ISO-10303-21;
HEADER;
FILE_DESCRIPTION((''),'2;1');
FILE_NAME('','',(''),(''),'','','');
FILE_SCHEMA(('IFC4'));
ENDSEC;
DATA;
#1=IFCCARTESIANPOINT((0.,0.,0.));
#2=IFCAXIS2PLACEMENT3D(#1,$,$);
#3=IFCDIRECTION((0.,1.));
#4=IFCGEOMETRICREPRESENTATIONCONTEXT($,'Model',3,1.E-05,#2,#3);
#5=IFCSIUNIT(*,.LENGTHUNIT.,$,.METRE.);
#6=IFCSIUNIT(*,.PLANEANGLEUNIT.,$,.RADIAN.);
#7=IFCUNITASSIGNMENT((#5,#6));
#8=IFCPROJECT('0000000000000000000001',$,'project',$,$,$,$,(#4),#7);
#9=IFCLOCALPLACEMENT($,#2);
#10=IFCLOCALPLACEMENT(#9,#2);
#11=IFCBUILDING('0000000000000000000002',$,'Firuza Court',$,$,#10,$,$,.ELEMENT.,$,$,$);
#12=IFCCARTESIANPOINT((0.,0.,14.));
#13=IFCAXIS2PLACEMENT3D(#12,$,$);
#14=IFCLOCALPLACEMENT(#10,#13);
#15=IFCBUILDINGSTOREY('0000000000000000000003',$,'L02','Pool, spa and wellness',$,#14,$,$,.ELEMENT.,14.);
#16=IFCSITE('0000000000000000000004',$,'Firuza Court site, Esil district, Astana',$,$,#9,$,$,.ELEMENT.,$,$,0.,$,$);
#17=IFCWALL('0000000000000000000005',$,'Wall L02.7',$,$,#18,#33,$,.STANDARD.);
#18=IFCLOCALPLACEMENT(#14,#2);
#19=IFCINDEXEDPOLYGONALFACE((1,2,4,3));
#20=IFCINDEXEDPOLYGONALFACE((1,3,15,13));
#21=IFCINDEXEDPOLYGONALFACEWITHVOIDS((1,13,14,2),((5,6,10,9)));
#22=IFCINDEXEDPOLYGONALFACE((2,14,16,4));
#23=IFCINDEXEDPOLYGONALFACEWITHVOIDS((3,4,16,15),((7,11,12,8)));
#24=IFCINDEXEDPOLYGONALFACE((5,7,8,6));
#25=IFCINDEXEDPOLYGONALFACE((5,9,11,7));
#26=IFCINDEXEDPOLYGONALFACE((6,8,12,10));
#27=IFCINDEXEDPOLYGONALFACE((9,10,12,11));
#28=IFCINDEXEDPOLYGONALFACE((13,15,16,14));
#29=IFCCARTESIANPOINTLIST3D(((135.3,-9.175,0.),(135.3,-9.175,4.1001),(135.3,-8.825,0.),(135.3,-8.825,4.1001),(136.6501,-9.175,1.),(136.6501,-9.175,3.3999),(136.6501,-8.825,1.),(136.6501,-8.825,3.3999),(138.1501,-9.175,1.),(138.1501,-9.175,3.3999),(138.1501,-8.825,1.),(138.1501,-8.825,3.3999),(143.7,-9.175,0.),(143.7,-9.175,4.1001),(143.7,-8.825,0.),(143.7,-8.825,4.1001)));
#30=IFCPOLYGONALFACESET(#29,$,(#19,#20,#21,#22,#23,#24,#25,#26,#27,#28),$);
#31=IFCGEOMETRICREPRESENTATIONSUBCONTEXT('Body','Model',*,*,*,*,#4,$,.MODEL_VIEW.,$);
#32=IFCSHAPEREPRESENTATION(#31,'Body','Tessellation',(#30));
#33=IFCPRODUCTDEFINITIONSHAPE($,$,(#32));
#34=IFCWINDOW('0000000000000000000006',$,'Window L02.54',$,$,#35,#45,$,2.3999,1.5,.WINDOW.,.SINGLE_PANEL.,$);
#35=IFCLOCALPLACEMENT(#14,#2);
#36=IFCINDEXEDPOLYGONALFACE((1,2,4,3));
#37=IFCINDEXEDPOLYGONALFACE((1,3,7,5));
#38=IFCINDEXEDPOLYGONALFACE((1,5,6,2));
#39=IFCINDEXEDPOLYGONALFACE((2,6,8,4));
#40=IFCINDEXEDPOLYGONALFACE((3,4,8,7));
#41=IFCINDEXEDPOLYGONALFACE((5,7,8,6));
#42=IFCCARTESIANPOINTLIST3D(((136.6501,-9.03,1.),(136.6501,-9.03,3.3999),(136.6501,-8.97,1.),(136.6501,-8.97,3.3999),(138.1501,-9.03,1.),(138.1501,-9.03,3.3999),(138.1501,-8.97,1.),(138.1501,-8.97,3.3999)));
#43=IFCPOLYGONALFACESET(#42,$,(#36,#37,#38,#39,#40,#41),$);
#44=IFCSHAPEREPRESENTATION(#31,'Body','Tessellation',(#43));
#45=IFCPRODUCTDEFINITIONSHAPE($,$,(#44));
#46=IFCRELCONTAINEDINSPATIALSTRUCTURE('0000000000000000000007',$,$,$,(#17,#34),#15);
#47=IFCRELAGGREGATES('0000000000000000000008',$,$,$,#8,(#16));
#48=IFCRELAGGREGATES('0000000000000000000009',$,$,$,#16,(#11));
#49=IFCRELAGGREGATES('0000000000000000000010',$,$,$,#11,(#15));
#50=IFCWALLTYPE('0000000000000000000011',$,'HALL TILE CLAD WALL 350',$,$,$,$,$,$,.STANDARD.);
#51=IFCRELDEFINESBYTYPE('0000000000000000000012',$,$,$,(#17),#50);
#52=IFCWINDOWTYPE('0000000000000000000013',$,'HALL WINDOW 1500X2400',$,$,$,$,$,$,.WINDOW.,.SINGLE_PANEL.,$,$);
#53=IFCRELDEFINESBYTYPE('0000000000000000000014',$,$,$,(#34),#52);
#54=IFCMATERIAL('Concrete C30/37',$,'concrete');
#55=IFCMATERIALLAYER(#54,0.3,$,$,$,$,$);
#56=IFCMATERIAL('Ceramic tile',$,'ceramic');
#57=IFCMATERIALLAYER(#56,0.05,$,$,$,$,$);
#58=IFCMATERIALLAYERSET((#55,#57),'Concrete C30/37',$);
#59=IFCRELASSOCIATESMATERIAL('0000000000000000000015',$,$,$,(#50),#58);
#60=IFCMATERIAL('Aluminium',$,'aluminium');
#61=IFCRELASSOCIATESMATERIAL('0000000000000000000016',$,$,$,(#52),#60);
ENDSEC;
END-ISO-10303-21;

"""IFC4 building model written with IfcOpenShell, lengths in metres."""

from ifc_helpers import new_model, si_unit, direction, frame, frame_2d, origin, place, context, subcontext, project, spatial, rectangle, extrude, material, layer, layer_set, type_object, element, fill, save


model = new_model("IFC4")

# Units and contexts
model_context = context("Model", 3, precision=1e-05, world=origin(), true_north=direction((0.0, 1.0)))
body_context = subcontext(model_context, "Body", "Model", "MODEL_VIEW")
ifc_project = project(units=[si_unit("LENGTHUNIT", "METRE"), si_unit("PLANEANGLEUNIT", "RADIAN")], contexts=[model_context])

# Site, building, storey
site_placement = place(None, origin())
site = spatial("IfcSite", under=ifc_project, at=site_placement, Name="Firuza Court site, Esil district, Astana", CompositionType="ELEMENT", RefElevation=0.0)
building_placement = place(site_placement, origin())
building = spatial("IfcBuilding", under=site, at=building_placement, Name="Firuza Court", CompositionType="ELEMENT")
storey_placement = place(building_placement, frame((0.0, 0.0, 14.0)))
storey = spatial("IfcBuildingStorey", under=building, at=storey_placement, Name="L02", Description="Pool, spa and wellness", CompositionType="ELEMENT", Elevation=14.0)

# Wall, opening, window
ifc_material_1 = material(Name="Concrete C30/37", Category="concrete")
ifc_layer_1 = layer(ifc_material_1, 0.3)
ifc_material_2 = material(Name="Ceramic tile", Category="ceramic")
ifc_layer_2 = layer(ifc_material_2, 0.05)
ifc_layer_set_1 = layer_set([ifc_layer_1, ifc_layer_2], Name="Concrete C30/37")
wall_type_1 = type_object("IfcWallType", Name="HALL TILE CLAD WALL 350", PredefinedType="STANDARD", material=ifc_layer_set_1)
wall_1_placement = place(storey_placement, frame((135.3, -9.0, 0.0), z_axis=(0.0, 0.0, 1.0), x_axis=(1.0, 0.0, 0.0)))
wall_1 = element("IfcWall", 1, at=wall_1_placement, inside=storey, type_object=wall_type_1, Name="Wall L02.7", PredefinedType="STANDARD", context=body_context, shape_type="SweptSolid", body=[
    extrude(rectangle(XDim=8.3999, YDim=0.3501, at=frame_2d((4.2, 0.0))), origin(), (0.0, 0.0, 1.0), 4.1001),
])
opening_1_placement = place(wall_1_placement, frame((1.3501, 0.0, 1.0)))
opening_1 = element("IfcOpeningElement", 2, at=opening_1_placement, cuts=wall_1, PredefinedType="OPENING", context=body_context, shape_type="SweptSolid", body=[
    extrude(rectangle(XDim=1.5, YDim=2.3999, at=frame_2d((0.75, 1.2))), frame((0.0, 0.187, 0.0), z_axis=(0.0, -1.0, 0.0), x_axis=(1.0, 0.0, 0.0)), (0.0, 0.0, 1.0), 0.374),
])
ifc_material_3 = material(Name="Aluminium", Category="aluminium")
window_type = type_object("IfcWindowType", Name="HALL WINDOW 1500X2400", PartitioningType="SINGLE_PANEL", PredefinedType="WINDOW", material=ifc_material_3)
window_placement = place(opening_1_placement, origin())
window = element("IfcWindow", 3, at=window_placement, inside=storey, type_object=window_type, Name="Window L02.54", OverallHeight=2.3999, OverallWidth=1.5, PartitioningType="SINGLE_PANEL", PredefinedType="WINDOW", context=body_context, shape_type="SweptSolid", body=[
    extrude(rectangle(XDim=1.5, YDim=2.3999, at=frame_2d((0.75, 1.2))), frame((0.0, 0.03, 0.0), z_axis=(0.0, -1.0, 0.0), x_axis=(1.0, 0.0, 0.0)), (0.0, 0.0, 1.0), 0.0601),
])
fill(opening_1, window)

save(model, "model.ifc")
